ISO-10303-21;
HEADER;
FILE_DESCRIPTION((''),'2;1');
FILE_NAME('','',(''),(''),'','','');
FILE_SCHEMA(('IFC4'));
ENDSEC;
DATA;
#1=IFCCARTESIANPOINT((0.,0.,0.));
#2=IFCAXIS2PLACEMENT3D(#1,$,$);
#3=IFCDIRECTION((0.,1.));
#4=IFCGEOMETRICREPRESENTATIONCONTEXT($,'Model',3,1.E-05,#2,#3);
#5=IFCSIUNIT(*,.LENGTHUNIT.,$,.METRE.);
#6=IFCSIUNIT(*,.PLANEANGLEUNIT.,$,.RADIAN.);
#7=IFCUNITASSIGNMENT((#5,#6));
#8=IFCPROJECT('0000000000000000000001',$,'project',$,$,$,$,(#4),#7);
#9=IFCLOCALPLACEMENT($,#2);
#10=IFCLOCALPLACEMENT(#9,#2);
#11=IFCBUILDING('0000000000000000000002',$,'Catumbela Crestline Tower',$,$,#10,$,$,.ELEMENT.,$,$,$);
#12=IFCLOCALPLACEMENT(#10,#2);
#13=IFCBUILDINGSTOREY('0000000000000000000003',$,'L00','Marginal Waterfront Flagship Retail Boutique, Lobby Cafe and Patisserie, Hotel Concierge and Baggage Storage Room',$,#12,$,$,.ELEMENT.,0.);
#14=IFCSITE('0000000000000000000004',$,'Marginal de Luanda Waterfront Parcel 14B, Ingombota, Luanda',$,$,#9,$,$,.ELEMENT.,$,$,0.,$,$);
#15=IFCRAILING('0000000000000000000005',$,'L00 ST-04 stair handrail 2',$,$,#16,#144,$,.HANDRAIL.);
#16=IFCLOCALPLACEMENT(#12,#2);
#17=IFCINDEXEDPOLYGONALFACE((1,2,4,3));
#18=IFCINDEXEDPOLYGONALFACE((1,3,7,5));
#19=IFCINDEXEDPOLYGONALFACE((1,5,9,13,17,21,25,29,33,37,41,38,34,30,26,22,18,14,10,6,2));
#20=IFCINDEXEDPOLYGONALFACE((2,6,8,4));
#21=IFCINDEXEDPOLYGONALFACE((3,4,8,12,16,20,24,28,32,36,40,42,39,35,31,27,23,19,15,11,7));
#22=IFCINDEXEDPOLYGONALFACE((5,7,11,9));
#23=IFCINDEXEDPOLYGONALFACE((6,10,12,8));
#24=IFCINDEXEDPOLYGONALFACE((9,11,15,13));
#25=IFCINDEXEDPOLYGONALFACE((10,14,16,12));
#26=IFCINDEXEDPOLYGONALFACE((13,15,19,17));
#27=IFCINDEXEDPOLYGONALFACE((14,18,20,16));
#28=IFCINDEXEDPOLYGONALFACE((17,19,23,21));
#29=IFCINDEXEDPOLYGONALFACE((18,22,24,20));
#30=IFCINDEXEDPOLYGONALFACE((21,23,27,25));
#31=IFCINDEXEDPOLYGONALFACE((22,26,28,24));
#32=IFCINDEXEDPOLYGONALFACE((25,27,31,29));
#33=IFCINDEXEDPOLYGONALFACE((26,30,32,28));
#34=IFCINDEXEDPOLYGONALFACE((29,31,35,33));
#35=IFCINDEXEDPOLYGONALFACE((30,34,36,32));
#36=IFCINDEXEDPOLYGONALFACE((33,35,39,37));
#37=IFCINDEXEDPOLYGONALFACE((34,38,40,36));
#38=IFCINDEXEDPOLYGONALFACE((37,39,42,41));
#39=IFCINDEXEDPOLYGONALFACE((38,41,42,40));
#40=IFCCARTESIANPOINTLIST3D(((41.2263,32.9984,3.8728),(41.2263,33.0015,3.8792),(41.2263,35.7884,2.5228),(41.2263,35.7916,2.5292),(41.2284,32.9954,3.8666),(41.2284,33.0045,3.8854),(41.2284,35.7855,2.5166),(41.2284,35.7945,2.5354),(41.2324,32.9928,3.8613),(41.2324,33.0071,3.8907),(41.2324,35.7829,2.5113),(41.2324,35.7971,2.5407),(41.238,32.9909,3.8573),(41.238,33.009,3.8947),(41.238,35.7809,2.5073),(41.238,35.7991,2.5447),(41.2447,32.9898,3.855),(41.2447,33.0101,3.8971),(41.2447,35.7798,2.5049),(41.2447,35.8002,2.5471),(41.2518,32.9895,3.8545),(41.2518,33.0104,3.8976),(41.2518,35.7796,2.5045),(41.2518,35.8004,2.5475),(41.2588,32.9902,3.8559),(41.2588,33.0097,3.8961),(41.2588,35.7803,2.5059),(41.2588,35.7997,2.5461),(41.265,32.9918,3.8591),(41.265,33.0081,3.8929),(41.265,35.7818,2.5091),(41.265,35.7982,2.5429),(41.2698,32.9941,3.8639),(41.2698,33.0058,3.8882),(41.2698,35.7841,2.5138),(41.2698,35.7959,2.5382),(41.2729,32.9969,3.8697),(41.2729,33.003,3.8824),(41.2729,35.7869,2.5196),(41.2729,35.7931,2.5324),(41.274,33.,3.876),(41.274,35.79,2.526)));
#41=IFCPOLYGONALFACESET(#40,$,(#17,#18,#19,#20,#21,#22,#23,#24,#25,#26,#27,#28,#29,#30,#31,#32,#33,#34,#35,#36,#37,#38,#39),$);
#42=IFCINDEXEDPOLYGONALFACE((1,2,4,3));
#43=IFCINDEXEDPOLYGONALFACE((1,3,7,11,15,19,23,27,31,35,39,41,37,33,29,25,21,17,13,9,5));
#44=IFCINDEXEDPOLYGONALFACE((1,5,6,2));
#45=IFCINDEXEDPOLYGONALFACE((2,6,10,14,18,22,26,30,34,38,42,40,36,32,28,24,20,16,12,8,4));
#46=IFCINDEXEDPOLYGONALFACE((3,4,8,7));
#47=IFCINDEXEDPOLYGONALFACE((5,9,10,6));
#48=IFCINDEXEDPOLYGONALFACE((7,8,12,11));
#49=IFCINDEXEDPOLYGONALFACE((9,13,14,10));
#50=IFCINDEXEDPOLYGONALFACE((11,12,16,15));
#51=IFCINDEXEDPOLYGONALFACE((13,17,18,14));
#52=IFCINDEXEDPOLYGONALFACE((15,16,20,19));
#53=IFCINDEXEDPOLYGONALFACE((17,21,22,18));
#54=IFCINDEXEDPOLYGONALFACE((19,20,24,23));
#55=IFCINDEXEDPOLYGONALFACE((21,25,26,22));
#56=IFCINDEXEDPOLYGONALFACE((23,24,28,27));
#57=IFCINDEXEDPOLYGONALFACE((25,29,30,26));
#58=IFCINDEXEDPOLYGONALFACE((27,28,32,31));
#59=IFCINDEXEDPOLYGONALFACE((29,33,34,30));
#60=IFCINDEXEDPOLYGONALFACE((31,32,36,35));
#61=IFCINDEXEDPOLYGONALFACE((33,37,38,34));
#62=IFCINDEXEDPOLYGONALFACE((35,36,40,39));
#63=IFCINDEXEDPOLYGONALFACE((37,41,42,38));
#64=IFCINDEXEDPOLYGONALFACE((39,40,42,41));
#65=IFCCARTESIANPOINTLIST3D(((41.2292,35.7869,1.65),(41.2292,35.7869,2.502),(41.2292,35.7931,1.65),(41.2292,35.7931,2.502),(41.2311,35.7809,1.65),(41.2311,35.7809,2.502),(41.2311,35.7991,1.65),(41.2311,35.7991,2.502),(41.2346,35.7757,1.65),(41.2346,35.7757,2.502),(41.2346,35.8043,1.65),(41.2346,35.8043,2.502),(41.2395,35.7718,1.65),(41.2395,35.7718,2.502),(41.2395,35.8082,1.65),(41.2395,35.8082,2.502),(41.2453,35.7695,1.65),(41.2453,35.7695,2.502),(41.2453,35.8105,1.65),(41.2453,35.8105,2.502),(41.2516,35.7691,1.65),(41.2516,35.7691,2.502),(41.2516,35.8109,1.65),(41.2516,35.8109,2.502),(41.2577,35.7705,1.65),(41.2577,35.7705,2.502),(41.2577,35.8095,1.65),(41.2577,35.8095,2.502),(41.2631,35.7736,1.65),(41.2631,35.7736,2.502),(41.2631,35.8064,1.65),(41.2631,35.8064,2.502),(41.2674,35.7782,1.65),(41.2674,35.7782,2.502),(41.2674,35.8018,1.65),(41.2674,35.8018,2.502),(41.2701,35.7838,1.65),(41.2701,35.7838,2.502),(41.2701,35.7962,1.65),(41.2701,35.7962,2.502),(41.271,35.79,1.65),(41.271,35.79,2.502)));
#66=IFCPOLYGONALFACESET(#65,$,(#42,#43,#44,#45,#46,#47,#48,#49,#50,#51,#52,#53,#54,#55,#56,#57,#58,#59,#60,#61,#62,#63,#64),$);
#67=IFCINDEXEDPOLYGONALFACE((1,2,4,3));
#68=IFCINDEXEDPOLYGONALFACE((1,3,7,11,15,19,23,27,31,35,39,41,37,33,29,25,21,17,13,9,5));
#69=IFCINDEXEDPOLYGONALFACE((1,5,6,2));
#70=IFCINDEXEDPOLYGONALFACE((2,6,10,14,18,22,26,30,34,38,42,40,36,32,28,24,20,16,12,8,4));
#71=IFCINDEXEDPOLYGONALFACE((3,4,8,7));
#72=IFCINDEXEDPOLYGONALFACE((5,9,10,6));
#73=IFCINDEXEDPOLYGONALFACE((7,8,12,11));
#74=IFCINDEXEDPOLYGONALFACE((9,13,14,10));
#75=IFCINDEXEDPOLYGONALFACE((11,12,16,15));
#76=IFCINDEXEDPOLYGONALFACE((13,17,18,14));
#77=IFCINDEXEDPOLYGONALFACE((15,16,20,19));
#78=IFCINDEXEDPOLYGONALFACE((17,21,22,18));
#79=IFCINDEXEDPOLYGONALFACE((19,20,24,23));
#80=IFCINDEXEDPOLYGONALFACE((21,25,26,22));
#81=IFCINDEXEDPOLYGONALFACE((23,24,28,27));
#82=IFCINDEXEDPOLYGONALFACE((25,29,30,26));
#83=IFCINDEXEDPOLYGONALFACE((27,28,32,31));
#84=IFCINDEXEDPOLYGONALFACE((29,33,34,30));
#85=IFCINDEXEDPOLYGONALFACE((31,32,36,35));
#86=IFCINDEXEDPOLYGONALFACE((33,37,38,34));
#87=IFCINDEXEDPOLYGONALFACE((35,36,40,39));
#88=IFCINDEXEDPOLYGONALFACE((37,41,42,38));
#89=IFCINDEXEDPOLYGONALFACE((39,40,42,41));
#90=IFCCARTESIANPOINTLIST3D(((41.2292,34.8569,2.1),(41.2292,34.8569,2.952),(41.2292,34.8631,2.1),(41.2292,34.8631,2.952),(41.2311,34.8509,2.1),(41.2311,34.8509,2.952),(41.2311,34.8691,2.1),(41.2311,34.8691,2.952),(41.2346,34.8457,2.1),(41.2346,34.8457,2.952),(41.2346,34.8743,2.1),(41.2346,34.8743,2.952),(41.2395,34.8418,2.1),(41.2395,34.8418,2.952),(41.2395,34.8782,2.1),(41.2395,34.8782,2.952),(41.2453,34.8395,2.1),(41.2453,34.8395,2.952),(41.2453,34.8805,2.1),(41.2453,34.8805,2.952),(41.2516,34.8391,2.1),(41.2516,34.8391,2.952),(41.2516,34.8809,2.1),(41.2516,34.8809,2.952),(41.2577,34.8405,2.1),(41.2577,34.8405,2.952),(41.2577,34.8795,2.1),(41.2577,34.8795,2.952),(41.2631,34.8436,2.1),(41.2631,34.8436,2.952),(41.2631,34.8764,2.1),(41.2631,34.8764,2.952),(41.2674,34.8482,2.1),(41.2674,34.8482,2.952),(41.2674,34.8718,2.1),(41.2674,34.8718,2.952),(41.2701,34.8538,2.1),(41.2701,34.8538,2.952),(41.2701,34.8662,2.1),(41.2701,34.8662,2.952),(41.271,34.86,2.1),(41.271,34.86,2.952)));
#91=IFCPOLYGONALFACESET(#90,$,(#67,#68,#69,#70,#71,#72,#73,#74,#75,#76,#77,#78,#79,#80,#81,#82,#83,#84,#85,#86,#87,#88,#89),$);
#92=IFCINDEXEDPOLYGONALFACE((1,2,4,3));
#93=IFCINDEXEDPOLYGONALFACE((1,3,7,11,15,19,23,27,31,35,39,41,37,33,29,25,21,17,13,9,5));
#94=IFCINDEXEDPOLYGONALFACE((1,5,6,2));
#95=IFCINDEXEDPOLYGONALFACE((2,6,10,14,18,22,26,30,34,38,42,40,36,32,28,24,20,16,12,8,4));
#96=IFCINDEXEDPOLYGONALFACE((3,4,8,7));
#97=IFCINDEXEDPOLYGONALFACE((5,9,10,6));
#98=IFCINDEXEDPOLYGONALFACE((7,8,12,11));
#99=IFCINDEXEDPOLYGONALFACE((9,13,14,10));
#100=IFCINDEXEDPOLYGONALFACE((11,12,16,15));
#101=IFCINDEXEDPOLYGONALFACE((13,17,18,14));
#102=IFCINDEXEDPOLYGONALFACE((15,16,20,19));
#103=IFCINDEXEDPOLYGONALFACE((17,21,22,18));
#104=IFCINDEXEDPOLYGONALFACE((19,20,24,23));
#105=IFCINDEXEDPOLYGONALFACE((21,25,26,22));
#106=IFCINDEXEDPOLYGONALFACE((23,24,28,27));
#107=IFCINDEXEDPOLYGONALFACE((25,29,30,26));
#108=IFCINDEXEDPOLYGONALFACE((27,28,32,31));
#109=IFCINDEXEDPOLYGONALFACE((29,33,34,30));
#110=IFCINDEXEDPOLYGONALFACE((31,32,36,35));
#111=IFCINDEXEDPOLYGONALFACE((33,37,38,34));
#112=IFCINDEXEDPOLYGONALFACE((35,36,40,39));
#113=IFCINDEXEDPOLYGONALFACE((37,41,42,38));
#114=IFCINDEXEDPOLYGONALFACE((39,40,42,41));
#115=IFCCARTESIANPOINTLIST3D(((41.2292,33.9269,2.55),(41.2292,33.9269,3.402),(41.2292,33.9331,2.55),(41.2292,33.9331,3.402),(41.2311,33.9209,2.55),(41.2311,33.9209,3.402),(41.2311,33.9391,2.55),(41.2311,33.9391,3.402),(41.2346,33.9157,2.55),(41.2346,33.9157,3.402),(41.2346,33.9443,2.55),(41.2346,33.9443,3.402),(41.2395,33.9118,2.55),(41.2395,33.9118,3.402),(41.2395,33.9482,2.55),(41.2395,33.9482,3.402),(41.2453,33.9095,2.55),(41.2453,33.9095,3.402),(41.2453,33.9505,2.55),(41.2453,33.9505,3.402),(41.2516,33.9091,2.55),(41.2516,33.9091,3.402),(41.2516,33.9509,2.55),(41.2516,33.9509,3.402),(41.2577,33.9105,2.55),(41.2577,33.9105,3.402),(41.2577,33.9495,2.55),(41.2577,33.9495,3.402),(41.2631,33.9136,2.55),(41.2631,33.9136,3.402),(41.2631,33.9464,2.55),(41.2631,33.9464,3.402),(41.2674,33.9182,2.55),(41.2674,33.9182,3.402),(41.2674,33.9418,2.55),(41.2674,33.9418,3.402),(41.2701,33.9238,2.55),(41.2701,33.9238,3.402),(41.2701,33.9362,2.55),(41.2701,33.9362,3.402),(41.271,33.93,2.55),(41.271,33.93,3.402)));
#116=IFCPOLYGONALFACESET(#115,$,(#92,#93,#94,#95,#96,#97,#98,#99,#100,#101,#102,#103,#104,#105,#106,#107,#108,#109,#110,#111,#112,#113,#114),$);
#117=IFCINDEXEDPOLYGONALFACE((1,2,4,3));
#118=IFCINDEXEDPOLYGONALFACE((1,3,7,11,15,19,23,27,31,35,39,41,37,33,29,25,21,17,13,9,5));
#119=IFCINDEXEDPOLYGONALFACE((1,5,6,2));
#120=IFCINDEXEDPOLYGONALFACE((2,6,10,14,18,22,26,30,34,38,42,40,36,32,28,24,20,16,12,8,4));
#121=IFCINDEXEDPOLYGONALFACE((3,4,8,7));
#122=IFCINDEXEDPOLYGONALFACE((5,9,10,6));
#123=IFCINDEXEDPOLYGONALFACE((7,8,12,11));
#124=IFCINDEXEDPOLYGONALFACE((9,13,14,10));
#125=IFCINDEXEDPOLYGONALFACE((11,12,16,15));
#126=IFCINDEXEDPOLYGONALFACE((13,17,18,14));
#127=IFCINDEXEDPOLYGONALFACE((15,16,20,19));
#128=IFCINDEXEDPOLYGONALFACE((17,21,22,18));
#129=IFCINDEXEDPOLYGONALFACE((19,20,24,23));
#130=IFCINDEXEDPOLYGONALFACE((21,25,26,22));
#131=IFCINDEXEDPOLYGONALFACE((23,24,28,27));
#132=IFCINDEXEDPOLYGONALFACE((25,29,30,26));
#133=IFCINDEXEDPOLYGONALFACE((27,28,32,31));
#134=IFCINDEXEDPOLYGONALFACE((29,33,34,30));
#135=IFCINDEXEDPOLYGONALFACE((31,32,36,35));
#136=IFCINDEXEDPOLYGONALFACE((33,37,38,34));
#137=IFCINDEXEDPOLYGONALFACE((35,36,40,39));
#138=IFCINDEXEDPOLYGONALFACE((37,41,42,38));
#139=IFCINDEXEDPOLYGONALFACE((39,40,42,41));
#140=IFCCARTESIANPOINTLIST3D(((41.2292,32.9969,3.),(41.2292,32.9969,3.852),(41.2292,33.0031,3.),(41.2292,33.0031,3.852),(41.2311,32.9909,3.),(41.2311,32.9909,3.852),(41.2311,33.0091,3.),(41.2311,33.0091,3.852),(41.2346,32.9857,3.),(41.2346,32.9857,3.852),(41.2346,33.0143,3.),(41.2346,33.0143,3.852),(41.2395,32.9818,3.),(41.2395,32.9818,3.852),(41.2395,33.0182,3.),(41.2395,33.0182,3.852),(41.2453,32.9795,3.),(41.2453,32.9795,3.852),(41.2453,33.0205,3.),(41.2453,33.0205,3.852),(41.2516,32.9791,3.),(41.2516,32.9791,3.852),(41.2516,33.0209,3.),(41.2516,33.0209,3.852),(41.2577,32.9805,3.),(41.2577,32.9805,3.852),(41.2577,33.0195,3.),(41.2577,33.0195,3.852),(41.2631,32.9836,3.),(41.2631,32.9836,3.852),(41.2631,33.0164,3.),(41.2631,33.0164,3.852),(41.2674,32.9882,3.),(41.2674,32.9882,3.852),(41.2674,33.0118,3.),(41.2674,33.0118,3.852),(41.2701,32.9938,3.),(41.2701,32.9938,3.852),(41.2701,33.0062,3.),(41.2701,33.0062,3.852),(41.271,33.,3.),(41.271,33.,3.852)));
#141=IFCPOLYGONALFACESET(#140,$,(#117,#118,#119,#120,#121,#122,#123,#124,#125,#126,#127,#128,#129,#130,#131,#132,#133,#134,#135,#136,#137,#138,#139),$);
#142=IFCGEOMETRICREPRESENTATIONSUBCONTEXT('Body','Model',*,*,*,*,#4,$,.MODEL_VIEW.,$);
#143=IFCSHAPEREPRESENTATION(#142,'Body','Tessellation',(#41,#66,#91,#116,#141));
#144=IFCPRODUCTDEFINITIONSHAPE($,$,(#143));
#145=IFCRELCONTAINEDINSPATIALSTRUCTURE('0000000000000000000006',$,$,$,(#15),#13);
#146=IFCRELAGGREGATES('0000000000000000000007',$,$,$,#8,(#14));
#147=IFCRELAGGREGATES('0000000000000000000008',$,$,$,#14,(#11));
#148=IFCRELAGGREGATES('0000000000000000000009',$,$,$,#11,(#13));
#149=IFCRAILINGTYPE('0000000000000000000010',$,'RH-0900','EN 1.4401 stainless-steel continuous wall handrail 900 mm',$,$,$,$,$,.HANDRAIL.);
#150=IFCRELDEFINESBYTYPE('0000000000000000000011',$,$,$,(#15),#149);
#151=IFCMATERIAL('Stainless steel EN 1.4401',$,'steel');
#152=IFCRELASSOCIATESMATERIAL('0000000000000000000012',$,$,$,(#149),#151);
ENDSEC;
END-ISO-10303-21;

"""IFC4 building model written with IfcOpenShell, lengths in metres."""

from ifc_helpers import new_model, si_unit, direction, frame, origin, origin_2d, place, context, subcontext, project, spatial, circle, extrude, material, type_object, element, save


model = new_model("IFC4")

# Units and contexts
model_context = context("Model", 3, precision=1e-05, world=origin(), true_north=direction((0.0, 1.0)))
body_context = subcontext(model_context, "Body", "Model", "MODEL_VIEW")
ifc_project = project(units=[si_unit("LENGTHUNIT", "METRE"), si_unit("PLANEANGLEUNIT", "RADIAN")], contexts=[model_context])

# Site, building, storey
site_placement = place(None, origin())
site = spatial("IfcSite", under=ifc_project, at=site_placement, Name="Marginal de Luanda Waterfront Parcel 14B, Ingombota, Luanda", CompositionType="ELEMENT", RefElevation=0.0)
building_placement = place(site_placement, origin())
building = spatial("IfcBuilding", under=site, at=building_placement, Name="Catumbela Crestline Tower", CompositionType="ELEMENT")
storey_placement = place(building_placement, origin())
storey = spatial("IfcBuildingStorey", under=building, at=storey_placement, Name="L00", Description="Marginal Waterfront Flagship Retail Boutique, Lobby Cafe and Patisserie, Hotel Concierge and Baggage Storage Room", CompositionType="ELEMENT", Elevation=0.0)

# Shared definitions
ifc_material_1 = material(Name="Stainless steel EN 1.4401", Category="steel")

# Railing
railing_type_1 = type_object("IfcRailingType", Name="RH-0900", Description="EN 1.4401 stainless-steel continuous wall handrail 900 mm", PredefinedType="HANDRAIL", material=ifc_material_1)
railing_1_placement = place(storey_placement, frame((41.25, 35.79, 1.65)))
element("IfcRailing", 1, at=railing_1_placement, inside=storey, type_object=railing_type_1, Name="L00 ST-04 stair handrail 2", PredefinedType="HANDRAIL", context=body_context, shape_type="SweptSolid", body=[
    extrude(circle(Radius=0.024, at=origin_2d()), frame((0.0, 0.0, 0.876), z_axis=(0.0, -0.900159, 0.435561), x_axis=(1.0, 0.0, 0.0)), (0.0, 0.0, 1.0), 3.0995),
    extrude(circle(Radius=0.021, at=origin_2d()), origin(), (0.0, 0.0, 1.0), 0.852),
    extrude(circle(Radius=0.021, at=origin_2d()), frame((0.0, -0.93, 0.45)), (0.0, 0.0, 1.0), 0.852),
    extrude(circle(Radius=0.021, at=origin_2d()), frame((0.0, -1.86, 0.9)), (0.0, 0.0, 1.0), 0.852),
    extrude(circle(Radius=0.021, at=origin_2d()), frame((0.0, -2.79, 1.35)), (0.0, 0.0, 1.0), 0.852),
])

save(model, "model.ifc")
